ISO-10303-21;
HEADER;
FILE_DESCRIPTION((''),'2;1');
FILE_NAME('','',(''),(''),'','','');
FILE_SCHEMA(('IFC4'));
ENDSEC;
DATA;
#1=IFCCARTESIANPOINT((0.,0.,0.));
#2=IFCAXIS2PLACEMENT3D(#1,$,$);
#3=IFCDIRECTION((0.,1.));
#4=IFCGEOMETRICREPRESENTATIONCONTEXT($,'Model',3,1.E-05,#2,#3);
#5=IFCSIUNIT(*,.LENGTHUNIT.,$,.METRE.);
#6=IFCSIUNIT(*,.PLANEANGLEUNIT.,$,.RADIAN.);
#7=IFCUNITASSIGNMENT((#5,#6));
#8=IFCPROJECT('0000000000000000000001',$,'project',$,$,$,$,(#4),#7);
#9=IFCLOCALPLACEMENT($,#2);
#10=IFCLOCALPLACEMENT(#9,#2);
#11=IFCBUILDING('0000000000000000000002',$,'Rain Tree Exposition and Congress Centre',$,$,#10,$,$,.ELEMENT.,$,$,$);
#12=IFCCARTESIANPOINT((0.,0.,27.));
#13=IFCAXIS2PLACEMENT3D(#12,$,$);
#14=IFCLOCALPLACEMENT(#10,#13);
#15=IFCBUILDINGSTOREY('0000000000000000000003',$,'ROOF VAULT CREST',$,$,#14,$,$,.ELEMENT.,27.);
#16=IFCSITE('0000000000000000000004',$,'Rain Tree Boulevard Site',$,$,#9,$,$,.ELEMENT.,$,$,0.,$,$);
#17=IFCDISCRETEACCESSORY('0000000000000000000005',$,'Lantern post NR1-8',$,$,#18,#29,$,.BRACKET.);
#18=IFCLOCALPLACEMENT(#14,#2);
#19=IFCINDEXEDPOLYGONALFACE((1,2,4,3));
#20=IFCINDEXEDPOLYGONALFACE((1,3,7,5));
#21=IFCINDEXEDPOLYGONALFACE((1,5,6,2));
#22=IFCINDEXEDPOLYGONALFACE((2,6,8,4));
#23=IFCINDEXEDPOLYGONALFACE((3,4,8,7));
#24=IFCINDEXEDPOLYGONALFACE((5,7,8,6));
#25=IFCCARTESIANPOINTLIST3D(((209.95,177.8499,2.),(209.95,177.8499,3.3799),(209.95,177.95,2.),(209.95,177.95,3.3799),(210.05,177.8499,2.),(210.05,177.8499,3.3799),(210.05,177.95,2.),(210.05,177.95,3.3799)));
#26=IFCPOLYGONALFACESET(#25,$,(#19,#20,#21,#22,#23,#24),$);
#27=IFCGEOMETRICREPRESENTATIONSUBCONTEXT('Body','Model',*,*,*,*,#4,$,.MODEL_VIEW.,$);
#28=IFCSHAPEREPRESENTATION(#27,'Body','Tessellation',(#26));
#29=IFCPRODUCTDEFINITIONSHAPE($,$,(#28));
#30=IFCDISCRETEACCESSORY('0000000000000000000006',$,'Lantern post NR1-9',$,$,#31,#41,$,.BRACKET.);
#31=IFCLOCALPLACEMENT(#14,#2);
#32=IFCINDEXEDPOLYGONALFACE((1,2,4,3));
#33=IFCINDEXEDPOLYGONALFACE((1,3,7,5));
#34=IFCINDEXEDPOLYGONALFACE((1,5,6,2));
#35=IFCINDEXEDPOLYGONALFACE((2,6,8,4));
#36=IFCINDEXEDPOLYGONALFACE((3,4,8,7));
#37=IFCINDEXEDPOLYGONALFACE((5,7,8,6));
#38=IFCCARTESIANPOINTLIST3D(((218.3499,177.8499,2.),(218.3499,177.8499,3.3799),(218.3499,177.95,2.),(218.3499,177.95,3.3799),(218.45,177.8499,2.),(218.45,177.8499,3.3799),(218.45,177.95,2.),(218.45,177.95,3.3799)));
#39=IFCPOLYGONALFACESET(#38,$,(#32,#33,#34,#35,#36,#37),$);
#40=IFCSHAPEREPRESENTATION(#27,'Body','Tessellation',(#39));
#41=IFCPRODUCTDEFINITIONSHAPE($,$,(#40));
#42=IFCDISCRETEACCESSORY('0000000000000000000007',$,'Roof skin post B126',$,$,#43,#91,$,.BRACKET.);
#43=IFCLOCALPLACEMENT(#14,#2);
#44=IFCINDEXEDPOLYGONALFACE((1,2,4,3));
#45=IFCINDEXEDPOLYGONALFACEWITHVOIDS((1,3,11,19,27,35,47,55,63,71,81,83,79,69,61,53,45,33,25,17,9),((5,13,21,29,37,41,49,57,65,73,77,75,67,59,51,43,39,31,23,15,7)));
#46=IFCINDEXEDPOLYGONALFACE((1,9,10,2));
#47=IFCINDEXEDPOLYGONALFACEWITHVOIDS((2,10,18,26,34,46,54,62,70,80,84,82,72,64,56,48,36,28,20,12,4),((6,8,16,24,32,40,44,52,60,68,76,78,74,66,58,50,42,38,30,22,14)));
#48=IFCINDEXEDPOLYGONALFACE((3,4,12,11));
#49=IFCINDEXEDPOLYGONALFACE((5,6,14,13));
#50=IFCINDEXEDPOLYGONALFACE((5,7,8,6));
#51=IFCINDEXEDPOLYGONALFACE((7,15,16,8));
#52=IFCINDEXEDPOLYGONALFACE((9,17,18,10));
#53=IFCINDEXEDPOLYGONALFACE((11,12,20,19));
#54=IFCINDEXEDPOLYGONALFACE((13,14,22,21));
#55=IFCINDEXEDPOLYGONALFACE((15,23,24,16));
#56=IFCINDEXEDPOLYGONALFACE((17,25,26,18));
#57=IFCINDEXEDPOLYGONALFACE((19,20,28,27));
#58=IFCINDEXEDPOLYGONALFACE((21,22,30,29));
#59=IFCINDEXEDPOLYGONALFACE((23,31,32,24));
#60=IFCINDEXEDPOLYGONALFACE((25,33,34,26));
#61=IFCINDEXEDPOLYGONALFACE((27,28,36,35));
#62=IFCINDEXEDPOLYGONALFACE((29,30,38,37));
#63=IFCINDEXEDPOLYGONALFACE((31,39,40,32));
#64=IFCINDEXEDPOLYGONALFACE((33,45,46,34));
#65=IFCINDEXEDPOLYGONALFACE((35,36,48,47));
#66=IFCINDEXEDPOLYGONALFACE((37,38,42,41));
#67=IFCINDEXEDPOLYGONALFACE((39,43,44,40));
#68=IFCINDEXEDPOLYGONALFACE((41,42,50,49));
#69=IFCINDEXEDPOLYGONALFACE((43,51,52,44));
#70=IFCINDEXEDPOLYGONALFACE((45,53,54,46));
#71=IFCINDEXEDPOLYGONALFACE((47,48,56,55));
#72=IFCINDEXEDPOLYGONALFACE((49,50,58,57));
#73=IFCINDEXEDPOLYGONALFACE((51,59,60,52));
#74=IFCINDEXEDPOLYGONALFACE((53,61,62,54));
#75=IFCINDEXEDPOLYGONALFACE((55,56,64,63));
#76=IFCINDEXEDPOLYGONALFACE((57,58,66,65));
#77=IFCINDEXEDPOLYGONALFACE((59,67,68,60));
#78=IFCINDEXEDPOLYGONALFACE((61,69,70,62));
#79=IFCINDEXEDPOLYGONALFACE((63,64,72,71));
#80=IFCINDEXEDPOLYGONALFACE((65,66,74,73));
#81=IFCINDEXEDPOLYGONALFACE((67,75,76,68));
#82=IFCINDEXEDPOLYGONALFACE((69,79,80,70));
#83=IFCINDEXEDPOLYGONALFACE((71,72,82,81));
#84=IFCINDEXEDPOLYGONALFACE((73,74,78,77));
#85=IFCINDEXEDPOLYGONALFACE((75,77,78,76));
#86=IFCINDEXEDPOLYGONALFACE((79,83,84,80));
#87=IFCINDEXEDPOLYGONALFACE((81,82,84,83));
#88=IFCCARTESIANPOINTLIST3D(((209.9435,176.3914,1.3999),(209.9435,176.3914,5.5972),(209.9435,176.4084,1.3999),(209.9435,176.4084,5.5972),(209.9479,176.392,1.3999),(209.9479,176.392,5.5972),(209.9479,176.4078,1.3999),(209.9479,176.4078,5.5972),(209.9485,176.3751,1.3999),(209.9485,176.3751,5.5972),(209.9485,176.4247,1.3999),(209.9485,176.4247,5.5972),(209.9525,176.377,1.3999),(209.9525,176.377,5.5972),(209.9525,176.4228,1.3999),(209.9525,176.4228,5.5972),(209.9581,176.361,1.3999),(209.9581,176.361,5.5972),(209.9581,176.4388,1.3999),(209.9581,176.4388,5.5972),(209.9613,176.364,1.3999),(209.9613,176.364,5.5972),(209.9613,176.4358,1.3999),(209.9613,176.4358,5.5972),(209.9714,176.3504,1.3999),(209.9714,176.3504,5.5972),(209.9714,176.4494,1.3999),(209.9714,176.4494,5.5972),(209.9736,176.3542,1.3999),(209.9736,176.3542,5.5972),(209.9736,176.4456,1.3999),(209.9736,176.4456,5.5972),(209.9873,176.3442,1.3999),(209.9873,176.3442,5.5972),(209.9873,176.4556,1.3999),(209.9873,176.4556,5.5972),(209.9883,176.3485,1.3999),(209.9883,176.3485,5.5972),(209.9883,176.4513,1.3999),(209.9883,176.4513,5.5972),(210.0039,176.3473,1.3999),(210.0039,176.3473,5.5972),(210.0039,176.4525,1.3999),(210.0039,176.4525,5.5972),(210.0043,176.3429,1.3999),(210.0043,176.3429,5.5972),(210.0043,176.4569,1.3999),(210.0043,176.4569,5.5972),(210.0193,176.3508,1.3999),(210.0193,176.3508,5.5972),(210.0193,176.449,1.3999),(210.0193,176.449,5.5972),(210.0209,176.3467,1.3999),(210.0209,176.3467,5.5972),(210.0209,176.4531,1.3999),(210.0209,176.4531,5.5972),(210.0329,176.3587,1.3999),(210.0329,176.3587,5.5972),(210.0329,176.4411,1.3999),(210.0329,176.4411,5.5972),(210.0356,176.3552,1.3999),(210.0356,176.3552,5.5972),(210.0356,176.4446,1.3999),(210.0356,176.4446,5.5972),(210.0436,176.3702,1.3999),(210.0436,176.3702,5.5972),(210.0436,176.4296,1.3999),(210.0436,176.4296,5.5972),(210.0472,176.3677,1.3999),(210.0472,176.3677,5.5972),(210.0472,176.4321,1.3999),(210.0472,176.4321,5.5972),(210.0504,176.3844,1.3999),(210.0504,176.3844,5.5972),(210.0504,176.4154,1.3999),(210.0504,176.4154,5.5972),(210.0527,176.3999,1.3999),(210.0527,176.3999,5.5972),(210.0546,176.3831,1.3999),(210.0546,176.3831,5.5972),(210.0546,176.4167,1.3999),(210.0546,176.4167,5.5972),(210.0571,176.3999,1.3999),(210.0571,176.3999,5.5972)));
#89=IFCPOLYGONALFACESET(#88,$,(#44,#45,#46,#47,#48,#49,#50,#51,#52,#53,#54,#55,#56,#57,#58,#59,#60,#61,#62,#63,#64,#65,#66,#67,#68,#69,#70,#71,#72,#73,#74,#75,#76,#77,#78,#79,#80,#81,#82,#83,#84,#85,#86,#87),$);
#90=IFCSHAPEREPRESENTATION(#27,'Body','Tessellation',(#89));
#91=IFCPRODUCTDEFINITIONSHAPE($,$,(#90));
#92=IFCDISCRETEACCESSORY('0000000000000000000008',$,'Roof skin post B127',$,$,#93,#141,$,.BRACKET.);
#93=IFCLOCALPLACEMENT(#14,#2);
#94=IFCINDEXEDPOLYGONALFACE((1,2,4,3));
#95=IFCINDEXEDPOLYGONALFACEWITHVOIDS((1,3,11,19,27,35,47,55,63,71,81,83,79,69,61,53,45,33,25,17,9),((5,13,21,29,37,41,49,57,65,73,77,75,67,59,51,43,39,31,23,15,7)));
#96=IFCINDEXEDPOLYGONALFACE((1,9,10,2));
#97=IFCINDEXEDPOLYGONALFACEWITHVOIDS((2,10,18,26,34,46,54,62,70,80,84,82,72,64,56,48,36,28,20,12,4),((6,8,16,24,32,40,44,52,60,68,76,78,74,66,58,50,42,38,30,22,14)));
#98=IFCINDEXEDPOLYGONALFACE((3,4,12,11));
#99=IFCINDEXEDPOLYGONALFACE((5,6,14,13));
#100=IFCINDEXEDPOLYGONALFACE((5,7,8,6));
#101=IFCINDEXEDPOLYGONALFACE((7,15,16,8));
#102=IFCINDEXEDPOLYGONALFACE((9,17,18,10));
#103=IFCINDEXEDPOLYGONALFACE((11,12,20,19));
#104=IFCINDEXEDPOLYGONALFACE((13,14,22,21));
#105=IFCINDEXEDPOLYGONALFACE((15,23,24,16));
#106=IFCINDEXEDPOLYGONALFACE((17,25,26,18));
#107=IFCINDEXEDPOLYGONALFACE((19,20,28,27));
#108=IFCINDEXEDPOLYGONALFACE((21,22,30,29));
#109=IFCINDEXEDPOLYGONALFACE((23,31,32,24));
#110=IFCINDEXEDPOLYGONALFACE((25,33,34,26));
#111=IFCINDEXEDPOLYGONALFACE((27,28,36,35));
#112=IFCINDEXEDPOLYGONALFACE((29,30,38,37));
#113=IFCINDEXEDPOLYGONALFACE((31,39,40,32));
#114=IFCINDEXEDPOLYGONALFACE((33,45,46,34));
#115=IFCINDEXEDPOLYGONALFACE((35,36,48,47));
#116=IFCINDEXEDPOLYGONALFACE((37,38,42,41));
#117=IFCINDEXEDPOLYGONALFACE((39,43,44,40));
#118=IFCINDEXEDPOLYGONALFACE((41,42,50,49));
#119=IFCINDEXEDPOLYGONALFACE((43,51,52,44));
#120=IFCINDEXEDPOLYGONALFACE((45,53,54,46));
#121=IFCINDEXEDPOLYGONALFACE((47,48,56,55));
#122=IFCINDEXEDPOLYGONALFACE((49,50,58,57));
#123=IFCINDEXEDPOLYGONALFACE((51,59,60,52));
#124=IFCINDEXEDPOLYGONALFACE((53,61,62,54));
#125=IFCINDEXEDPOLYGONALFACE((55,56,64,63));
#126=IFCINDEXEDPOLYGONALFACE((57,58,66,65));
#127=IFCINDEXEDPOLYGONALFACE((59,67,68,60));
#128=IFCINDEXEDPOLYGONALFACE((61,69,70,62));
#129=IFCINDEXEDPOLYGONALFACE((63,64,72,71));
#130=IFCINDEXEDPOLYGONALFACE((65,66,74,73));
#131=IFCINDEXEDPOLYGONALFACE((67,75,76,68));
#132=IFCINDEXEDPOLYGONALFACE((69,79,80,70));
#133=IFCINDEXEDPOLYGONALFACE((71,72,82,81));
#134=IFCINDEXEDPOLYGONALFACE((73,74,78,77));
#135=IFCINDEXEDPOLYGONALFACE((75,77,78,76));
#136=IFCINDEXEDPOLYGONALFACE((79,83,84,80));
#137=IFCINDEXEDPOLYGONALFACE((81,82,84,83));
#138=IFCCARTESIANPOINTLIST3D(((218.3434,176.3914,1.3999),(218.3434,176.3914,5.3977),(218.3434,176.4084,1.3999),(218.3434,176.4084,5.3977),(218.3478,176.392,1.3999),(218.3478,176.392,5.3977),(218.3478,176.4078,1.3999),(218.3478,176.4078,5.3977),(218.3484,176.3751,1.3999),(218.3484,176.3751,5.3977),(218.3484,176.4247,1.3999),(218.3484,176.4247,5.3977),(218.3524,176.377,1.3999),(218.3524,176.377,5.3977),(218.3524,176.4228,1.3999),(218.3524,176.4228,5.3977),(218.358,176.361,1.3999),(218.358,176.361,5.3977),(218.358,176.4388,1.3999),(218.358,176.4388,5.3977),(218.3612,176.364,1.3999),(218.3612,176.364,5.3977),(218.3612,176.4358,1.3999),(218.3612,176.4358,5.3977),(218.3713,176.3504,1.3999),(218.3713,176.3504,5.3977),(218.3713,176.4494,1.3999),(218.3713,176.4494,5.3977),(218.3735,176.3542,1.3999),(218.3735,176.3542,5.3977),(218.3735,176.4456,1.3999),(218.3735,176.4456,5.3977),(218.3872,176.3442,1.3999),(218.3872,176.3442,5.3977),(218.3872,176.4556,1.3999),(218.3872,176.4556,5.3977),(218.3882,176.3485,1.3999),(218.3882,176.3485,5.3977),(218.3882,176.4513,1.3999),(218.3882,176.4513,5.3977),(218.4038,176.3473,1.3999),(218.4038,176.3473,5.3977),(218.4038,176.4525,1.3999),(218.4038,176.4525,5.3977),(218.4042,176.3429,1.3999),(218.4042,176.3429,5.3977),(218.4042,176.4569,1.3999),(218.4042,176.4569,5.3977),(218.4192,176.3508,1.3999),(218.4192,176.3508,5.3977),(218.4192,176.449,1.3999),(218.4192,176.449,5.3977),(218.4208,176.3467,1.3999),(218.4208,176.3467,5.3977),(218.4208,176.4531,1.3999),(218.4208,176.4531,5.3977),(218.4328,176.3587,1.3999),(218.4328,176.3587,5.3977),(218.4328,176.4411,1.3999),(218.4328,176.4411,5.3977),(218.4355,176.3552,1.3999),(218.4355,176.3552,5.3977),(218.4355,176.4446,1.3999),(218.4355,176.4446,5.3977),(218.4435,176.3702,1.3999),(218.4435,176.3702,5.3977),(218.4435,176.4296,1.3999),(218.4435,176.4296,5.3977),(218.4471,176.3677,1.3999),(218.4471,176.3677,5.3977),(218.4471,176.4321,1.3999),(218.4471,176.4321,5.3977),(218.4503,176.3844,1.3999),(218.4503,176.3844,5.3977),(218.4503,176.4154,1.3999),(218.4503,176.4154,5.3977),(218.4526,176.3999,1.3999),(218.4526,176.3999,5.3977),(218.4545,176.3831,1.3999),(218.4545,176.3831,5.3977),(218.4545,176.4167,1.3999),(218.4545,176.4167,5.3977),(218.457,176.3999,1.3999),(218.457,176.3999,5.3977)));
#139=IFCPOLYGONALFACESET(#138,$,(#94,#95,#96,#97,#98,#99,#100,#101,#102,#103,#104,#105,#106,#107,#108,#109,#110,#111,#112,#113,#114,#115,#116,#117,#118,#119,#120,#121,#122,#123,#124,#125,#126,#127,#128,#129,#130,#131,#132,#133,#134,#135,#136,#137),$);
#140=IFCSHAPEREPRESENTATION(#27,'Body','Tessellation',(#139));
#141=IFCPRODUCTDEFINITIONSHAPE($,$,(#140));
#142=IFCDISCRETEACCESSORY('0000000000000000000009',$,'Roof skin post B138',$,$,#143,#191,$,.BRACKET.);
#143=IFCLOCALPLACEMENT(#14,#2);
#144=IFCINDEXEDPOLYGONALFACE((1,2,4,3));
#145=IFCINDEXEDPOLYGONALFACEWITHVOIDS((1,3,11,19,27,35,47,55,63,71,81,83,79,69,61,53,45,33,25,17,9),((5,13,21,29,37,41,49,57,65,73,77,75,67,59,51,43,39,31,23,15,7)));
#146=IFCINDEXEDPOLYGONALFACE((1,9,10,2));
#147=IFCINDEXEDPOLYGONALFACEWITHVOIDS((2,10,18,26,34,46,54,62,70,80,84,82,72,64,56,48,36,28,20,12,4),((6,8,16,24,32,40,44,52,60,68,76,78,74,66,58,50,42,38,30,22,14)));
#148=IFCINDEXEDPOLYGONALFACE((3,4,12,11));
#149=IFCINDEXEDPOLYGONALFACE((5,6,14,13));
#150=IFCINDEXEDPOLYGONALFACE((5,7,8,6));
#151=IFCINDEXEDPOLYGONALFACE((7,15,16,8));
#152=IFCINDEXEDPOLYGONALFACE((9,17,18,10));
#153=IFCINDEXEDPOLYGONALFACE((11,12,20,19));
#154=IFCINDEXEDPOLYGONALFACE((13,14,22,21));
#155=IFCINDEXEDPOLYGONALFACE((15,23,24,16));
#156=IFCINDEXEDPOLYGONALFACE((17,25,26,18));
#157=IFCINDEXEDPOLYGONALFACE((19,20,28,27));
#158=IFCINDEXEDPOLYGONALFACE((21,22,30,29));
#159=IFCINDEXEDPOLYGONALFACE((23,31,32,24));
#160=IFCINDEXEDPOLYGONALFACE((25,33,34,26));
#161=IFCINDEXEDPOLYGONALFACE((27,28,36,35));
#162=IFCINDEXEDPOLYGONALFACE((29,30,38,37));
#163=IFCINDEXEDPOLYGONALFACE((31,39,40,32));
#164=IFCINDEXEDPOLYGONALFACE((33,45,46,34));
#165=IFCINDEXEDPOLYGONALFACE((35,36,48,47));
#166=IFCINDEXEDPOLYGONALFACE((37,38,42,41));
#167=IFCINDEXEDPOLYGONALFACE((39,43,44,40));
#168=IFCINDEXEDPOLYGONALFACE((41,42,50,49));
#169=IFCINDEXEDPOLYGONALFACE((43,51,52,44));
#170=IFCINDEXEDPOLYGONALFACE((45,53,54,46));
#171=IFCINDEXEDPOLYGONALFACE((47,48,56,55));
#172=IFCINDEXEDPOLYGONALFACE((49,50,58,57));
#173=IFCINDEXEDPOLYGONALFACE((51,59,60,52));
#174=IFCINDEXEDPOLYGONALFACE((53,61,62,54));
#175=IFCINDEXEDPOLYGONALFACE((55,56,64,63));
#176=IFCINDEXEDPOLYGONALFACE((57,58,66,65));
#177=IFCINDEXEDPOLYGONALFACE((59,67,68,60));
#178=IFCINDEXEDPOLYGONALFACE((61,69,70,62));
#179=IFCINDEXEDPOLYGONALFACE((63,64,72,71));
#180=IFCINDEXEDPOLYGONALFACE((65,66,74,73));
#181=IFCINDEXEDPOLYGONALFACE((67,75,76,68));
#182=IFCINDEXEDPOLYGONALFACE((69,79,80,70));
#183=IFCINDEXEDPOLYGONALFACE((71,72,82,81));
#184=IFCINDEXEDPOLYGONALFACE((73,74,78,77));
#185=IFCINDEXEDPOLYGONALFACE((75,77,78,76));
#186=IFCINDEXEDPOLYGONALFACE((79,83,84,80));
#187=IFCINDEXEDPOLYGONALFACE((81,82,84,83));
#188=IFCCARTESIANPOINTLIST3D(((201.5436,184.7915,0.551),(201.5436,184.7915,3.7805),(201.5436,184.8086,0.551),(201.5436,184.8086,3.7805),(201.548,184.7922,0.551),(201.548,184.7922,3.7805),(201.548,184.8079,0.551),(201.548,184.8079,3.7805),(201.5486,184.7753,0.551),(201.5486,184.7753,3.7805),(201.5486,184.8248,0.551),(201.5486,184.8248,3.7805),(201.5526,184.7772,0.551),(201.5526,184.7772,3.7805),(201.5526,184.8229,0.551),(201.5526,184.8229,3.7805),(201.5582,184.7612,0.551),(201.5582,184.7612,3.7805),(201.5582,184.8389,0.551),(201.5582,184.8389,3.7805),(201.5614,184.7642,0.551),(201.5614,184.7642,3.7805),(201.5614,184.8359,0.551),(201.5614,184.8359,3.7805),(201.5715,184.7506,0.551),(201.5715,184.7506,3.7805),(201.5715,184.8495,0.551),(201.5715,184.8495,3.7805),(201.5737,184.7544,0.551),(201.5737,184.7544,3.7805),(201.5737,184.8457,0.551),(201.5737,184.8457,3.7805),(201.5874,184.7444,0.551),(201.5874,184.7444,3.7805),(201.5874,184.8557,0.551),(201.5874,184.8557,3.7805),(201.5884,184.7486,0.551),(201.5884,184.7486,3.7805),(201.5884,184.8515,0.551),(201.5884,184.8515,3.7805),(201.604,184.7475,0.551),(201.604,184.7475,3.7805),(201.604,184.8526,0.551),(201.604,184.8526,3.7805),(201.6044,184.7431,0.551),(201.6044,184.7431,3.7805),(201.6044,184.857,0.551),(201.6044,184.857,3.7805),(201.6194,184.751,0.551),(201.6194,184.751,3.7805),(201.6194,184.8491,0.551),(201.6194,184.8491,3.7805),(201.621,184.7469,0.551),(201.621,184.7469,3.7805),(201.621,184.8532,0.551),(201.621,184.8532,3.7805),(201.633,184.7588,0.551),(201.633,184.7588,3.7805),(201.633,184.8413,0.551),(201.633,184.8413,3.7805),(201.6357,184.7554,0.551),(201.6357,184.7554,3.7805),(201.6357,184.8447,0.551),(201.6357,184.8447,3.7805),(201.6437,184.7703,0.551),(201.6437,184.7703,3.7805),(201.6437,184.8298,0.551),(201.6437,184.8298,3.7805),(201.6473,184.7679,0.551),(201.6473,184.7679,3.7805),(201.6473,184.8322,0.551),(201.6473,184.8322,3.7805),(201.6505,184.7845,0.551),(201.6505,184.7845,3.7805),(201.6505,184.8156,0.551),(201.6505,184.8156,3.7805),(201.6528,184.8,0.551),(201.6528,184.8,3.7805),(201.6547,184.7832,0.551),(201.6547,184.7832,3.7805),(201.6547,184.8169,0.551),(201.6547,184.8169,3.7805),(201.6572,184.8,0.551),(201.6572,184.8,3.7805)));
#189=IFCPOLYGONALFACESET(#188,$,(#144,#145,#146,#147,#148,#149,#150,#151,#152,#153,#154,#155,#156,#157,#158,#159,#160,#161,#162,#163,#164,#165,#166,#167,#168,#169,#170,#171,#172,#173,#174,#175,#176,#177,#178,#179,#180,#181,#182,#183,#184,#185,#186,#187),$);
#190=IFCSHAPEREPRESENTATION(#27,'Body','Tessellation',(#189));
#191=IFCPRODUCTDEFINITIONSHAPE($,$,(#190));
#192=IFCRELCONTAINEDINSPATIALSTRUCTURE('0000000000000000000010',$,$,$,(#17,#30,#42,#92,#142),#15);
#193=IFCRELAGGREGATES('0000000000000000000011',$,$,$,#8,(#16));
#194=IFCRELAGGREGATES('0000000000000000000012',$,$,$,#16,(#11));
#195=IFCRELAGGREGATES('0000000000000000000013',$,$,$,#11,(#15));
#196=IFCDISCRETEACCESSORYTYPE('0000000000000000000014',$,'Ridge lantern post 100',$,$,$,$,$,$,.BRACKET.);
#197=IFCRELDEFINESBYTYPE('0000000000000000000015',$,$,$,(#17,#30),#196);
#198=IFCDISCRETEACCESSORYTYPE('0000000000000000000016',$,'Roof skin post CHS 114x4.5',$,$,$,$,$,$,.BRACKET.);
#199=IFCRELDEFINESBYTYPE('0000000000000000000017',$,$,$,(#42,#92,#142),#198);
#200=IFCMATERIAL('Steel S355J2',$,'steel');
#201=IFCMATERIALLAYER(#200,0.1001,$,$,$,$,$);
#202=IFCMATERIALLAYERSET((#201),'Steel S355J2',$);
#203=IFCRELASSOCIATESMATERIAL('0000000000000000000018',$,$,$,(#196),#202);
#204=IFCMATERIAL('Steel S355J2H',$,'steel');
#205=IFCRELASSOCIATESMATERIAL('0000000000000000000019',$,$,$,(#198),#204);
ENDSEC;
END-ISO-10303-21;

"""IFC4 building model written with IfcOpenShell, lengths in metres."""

from ifc_helpers import new_model, si_unit, direction, frame, origin, origin_2d, place, context, subcontext, project, spatial, rectangle, hollow_circle, extrude, material, layer, layer_set, material_profile, profile_set, type_object, element, save


model = new_model("IFC4")

# Units and contexts
model_context = context("Model", 3, precision=1e-05, world=origin(), true_north=direction((0.0, 1.0)))
body_context = subcontext(model_context, "Body", "Model", "MODEL_VIEW")
ifc_project = project(units=[si_unit("LENGTHUNIT", "METRE"), si_unit("PLANEANGLEUNIT", "RADIAN")], contexts=[model_context])

# Site, building, storey
site_placement = place(None, origin())
site = spatial("IfcSite", under=ifc_project, at=site_placement, Name="Rain Tree Boulevard Site", CompositionType="ELEMENT", RefElevation=0.0)
building_placement = place(site_placement, origin())
building = spatial("IfcBuilding", under=site, at=building_placement, Name="Rain Tree Exposition and Congress Centre", CompositionType="ELEMENT")
storey_placement = place(building_placement, frame((0.0, 0.0, 27.0)))
storey = spatial("IfcBuildingStorey", under=building, at=storey_placement, Name="ROOF VAULT CREST", CompositionType="ELEMENT", Elevation=27.0)

# Discrete accessories
ifc_material_1 = material(Name="Steel S355J2", Category="steel")
ifc_layer_1 = layer(ifc_material_1, 0.1001)
ifc_layer_set_1 = layer_set([ifc_layer_1], Name="Steel S355J2")
discrete_accessory_type_1 = type_object("IfcDiscreteAccessoryType", Name="Ridge lantern post 100", PredefinedType="BRACKET", material=ifc_layer_set_1)
for number, where, z_axis, x_axis, name in (
    (1, (210.0, 177.8999, 2.0), (0.0, 0.0, 1.0), (1.0, 0.0, 0.0), "Lantern post NR1-8"),
    (2, (218.3999, 177.8999, 2.0), (0.0, 0.0, 1.0), (1.0, 0.0, 0.0), "Lantern post NR1-9"),
):
    element("IfcDiscreteAccessory", number, at=place(storey_placement, frame(where, z_axis=z_axis, x_axis=x_axis)), inside=storey, type_object=discrete_accessory_type_1, Name=name, PredefinedType="BRACKET", context=body_context, shape_type="SweptSolid", body=[
        extrude(rectangle(XDim=0.1001, YDim=0.1001, at=origin_2d()), origin(), (0.0, 0.0, 1.0), 1.3799),
    ])
ifc_material_2 = material(Name="Steel S355J2H", Category="steel")
ifc_material_profile_1 = material_profile(ifc_material_2, hollow_circle(Radius=0.0571, WallThickness=0.0044, at=origin_2d()), Name="CHS 114x4.5")
ifc_profile_set_1 = profile_set([ifc_material_profile_1], Name="Steel S355J2H")
discrete_accessory_type_2 = type_object("IfcDiscreteAccessoryType", Name="Roof skin post CHS 114x4.5", PredefinedType="BRACKET", material=ifc_profile_set_1)
discrete_accessory_1_placement = place(storey_placement, frame((210.0, 176.3999, 1.3999), z_axis=(0.0, 0.0, 1.0), x_axis=(1.0, 0.0, 0.0)))
element("IfcDiscreteAccessory", 3, at=discrete_accessory_1_placement, inside=storey, type_object=discrete_accessory_type_2, Name="Roof skin post B126", PredefinedType="BRACKET", context=body_context, shape_type="SweptSolid", body=[
    extrude(hollow_circle(Radius=0.0571, WallThickness=0.0044, at=origin_2d()), origin(), (0.0, 0.0, 1.0), 4.1973),
])
discrete_accessory_2_placement = place(storey_placement, frame((218.3999, 176.3999, 1.3999), z_axis=(0.0, 0.0, 1.0), x_axis=(1.0, 0.0, 0.0)))
element("IfcDiscreteAccessory", 4, at=discrete_accessory_2_placement, inside=storey, type_object=discrete_accessory_type_2, Name="Roof skin post B127", PredefinedType="BRACKET", context=body_context, shape_type="SweptSolid", body=[
    extrude(hollow_circle(Radius=0.0571, WallThickness=0.0044, at=origin_2d()), origin(), (0.0, 0.0, 1.0), 3.9978),
])
discrete_accessory_3_placement = place(storey_placement, frame((201.6001, 184.8, 0.551), z_axis=(0.0, 0.0, 1.0), x_axis=(1.0, 0.0, 0.0)))
element("IfcDiscreteAccessory", 5, at=discrete_accessory_3_placement, inside=storey, type_object=discrete_accessory_type_2, Name="Roof skin post B138", PredefinedType="BRACKET", context=body_context, shape_type="SweptSolid", body=[
    extrude(hollow_circle(Radius=0.0571, WallThickness=0.0044, at=origin_2d()), origin(), (0.0, 0.0, 1.0), 3.2295),
])

save(model, "model.ifc")
